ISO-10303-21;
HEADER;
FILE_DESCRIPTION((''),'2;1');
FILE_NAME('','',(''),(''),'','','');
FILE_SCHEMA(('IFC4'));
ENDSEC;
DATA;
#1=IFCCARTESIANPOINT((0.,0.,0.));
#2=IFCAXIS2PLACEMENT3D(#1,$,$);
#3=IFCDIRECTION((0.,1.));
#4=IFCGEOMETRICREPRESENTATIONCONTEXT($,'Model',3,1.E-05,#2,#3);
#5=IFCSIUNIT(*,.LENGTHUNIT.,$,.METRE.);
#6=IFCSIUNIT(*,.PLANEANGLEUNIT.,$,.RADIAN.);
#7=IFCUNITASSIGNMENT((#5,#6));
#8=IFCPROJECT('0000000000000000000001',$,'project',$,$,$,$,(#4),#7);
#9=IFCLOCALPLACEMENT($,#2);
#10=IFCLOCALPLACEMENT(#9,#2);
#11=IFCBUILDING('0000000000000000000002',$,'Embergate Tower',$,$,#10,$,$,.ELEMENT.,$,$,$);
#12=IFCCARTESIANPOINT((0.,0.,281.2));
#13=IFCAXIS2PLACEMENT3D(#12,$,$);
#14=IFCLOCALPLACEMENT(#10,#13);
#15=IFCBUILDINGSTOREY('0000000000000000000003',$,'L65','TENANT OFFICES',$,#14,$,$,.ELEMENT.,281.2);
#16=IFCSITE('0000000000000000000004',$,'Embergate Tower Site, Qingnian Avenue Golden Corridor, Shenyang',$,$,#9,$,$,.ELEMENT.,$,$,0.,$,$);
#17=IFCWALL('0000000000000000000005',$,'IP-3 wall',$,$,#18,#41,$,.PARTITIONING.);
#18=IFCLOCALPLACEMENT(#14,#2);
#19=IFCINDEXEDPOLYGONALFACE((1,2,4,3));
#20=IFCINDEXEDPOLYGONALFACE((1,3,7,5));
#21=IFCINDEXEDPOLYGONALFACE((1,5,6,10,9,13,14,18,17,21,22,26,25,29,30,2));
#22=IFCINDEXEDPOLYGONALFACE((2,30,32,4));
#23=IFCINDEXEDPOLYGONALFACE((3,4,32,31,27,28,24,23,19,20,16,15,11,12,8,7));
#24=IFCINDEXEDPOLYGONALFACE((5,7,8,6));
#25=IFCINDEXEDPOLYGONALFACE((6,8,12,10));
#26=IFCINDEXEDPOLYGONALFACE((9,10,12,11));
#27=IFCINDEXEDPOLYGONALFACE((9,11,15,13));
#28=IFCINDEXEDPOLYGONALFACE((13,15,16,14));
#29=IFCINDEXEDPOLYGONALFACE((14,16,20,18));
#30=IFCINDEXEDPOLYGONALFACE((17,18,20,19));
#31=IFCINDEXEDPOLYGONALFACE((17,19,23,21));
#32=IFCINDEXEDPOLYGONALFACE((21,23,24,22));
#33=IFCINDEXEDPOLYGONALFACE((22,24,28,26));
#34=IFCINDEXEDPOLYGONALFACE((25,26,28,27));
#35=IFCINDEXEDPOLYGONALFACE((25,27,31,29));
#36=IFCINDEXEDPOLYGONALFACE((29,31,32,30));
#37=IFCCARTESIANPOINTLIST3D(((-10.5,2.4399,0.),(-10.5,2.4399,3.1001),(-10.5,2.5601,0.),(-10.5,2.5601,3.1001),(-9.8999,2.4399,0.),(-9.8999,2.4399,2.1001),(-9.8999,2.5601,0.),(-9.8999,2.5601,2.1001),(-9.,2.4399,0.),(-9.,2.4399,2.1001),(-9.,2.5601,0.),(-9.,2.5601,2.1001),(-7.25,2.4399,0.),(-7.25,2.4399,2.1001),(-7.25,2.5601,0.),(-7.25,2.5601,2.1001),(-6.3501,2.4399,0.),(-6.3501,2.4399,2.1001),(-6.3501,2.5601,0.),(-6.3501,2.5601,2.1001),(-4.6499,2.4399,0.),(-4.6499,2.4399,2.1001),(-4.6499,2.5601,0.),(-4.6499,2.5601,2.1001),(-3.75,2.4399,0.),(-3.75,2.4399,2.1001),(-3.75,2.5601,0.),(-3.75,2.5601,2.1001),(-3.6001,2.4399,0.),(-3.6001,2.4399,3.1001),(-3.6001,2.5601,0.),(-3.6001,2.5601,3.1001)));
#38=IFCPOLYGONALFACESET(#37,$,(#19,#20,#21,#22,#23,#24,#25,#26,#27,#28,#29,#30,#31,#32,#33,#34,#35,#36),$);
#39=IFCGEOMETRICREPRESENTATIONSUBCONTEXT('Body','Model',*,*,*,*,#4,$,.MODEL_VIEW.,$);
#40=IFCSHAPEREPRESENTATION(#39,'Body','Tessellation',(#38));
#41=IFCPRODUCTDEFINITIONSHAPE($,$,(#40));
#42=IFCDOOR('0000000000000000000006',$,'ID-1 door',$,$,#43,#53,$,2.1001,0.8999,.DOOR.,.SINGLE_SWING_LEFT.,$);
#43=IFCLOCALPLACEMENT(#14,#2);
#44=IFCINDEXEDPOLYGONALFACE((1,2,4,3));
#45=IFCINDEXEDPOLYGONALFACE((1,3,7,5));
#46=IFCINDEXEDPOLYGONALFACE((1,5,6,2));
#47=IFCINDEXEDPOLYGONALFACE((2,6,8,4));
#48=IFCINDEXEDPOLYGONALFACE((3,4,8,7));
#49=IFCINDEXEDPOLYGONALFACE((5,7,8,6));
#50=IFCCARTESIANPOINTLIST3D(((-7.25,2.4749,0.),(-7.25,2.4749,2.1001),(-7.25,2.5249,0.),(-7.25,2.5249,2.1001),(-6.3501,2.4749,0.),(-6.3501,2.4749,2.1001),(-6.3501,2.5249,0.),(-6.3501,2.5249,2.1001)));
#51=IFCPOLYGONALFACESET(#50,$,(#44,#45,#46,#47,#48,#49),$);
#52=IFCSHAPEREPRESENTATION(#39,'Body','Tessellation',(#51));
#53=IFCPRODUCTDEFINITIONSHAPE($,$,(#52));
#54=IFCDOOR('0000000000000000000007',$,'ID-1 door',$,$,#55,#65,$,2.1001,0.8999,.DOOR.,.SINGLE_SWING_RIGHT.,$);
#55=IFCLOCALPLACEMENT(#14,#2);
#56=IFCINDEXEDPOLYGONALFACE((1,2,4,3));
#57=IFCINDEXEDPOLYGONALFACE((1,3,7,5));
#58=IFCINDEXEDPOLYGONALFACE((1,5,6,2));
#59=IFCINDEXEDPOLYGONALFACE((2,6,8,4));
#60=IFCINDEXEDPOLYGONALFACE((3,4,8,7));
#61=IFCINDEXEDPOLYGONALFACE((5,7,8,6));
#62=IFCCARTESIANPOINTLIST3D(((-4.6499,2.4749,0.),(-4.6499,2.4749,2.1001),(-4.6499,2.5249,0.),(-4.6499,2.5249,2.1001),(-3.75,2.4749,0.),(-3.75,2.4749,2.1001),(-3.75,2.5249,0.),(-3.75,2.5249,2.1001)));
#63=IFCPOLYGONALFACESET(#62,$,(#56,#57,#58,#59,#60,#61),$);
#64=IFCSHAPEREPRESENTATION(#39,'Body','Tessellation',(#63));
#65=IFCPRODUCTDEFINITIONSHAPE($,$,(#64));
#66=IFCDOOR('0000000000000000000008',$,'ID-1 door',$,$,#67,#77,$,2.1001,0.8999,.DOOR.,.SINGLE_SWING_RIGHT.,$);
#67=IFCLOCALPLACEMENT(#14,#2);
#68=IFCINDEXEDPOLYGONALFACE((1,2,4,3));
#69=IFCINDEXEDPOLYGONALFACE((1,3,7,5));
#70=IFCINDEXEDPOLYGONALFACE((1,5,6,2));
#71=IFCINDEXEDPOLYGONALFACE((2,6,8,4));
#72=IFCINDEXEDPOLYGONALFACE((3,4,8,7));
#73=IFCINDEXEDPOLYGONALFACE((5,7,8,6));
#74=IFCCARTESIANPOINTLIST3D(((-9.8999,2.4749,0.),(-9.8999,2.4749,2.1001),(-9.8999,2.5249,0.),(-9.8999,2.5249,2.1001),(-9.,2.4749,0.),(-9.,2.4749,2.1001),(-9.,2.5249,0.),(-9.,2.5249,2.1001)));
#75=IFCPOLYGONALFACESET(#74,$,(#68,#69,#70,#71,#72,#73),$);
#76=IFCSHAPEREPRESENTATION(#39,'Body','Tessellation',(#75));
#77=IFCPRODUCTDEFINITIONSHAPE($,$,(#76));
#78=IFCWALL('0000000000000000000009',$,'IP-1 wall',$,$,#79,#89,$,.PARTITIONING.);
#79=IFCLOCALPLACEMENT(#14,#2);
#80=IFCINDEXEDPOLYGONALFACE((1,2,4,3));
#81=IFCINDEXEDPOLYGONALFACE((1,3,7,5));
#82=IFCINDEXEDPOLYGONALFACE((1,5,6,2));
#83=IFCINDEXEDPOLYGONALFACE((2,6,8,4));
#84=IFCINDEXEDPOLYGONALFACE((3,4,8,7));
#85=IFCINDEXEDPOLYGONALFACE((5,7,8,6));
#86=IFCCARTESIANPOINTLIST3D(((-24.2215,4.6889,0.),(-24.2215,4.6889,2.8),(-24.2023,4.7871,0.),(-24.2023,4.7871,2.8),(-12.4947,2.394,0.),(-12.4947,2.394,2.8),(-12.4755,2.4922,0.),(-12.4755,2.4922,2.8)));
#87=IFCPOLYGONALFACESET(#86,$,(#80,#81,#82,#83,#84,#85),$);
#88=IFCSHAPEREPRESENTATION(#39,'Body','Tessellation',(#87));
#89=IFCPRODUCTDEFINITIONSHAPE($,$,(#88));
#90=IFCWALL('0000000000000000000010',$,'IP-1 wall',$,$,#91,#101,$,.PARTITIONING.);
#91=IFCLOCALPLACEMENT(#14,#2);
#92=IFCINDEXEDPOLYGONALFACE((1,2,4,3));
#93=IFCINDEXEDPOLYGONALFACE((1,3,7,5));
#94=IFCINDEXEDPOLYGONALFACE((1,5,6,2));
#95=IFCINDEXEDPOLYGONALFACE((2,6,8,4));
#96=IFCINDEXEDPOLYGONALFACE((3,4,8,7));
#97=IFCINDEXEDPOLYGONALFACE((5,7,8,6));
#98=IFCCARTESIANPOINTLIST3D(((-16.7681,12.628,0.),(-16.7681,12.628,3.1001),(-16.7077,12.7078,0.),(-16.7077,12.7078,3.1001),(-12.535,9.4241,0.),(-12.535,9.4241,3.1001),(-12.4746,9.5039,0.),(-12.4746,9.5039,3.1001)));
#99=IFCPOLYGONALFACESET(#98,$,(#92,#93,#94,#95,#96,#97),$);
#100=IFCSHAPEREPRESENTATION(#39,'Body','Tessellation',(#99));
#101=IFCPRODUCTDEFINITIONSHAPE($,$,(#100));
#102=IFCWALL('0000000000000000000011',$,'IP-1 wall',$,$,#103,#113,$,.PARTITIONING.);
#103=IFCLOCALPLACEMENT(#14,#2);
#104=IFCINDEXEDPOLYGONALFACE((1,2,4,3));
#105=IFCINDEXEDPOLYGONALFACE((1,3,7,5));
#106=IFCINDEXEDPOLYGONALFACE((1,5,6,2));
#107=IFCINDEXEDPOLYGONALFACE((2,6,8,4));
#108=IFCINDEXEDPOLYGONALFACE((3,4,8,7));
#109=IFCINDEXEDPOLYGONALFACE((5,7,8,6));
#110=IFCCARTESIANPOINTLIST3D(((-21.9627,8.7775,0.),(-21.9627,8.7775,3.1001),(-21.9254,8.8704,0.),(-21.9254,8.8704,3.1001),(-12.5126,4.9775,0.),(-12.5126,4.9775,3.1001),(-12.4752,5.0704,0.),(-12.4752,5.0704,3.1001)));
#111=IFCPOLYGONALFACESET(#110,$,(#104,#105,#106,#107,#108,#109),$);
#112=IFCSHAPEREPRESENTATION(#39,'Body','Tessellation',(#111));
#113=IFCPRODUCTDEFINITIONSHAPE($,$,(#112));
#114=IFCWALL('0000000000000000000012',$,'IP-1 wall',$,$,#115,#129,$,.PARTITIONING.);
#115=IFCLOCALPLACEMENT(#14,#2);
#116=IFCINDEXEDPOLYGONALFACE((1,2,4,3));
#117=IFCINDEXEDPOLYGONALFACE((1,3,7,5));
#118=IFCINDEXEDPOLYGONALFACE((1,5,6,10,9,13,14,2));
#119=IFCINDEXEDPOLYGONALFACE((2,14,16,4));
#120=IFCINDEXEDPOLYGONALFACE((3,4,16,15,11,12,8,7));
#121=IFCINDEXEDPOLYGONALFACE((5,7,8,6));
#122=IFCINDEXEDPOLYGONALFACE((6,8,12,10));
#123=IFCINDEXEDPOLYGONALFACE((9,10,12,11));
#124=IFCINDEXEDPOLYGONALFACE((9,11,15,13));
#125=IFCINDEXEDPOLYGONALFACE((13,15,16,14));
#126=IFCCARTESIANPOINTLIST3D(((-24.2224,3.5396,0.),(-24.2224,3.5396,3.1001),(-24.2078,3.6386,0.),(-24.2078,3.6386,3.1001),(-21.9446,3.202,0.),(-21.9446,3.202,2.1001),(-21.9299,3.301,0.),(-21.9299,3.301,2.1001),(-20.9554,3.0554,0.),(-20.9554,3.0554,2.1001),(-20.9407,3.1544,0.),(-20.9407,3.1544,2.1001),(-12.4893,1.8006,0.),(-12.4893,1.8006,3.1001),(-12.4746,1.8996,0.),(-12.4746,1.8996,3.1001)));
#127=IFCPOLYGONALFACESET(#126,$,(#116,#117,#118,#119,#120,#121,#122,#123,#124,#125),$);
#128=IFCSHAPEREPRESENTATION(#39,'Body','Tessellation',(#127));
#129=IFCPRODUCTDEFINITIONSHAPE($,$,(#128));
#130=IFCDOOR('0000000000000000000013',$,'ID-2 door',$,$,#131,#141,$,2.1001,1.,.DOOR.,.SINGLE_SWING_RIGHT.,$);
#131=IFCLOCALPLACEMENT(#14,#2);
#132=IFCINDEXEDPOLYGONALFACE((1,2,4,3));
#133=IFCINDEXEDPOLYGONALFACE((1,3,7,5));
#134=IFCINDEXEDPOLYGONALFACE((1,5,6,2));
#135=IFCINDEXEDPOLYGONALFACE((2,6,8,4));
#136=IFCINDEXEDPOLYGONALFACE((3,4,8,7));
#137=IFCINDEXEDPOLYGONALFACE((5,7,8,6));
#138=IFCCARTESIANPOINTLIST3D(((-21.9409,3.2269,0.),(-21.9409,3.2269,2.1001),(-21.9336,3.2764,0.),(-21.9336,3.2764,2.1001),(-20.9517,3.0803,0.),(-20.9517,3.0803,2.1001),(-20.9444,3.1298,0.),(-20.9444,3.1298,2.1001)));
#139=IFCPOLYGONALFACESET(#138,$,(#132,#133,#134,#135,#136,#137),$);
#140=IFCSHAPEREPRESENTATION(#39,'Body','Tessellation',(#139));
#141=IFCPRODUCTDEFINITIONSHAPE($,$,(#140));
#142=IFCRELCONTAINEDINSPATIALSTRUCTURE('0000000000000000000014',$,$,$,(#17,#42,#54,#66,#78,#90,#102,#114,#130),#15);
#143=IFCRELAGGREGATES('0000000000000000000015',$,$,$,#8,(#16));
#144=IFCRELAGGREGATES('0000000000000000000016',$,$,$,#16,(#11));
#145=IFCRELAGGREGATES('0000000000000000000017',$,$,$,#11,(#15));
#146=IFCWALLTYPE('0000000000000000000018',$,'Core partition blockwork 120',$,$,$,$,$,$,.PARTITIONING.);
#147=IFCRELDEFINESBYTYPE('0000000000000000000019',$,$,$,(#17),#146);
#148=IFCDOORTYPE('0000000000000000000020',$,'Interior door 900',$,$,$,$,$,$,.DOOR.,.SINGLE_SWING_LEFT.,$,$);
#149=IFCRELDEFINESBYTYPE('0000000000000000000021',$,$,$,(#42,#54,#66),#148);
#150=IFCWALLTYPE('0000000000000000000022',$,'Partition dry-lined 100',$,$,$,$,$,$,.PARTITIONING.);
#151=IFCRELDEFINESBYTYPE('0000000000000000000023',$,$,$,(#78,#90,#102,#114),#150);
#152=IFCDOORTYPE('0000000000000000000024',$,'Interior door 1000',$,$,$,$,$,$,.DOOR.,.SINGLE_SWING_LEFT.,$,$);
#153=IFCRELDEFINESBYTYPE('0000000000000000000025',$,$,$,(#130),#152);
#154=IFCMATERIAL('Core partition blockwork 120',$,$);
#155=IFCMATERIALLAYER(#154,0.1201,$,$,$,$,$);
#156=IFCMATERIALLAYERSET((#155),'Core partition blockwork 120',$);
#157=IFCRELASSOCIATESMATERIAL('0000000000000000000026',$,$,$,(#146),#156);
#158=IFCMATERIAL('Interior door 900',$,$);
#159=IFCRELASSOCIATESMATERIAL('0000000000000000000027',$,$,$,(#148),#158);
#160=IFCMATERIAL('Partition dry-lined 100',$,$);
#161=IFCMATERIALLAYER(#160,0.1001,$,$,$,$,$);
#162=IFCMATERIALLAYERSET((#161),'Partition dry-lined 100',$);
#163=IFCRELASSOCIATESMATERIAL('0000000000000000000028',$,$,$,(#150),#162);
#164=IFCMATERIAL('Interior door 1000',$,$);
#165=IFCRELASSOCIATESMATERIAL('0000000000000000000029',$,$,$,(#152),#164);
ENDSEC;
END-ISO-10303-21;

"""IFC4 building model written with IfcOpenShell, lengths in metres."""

from ifc_helpers import new_model, si_unit, direction, frame, frame_2d, origin, place, context, subcontext, project, spatial, rectangle, extrude, source, transform, mapped, material, layer, layer_set, type_object, element, fill, save


model = new_model("IFC4")

# Units and contexts
model_context = context("Model", 3, precision=1e-05, world=origin(), true_north=direction((0.0, 1.0)))
body_context = subcontext(model_context, "Body", "Model", "MODEL_VIEW")
ifc_project = project(units=[si_unit("LENGTHUNIT", "METRE"), si_unit("PLANEANGLEUNIT", "RADIAN")], contexts=[model_context])

# Site, building, storey
site_placement = place(None, origin())
site = spatial("IfcSite", under=ifc_project, at=site_placement, Name="Embergate Tower Site, Qingnian Avenue Golden Corridor, Shenyang", CompositionType="ELEMENT", RefElevation=0.0)
building_placement = place(site_placement, origin())
building = spatial("IfcBuilding", under=site, at=building_placement, Name="Embergate Tower", CompositionType="ELEMENT")
storey_placement = place(building_placement, frame((0.0, 0.0, 281.2)))
storey = spatial("IfcBuildingStorey", under=building, at=storey_placement, Name="L65", Description="TENANT OFFICES", CompositionType="ELEMENT", Elevation=281.2)

# Shared definitions
ifc_material_1 = material(Name="Core partition blockwork 120")
ifc_layer_1 = layer(ifc_material_1, 0.1201)
ifc_layer_set_1 = layer_set([ifc_layer_1], Name="Core partition blockwork 120")
wall_type_1 = type_object("IfcWallType", Name="Core partition blockwork 120", PredefinedType="PARTITIONING", material=ifc_layer_set_1)

# Wall, openings, doors
shared_shape_1 = source(origin(), body_context, "Body", "SweptSolid", [
    extrude(rectangle(XDim=6.8999, YDim=0.1201, at=frame_2d((3.45, 0.0))), origin(), (0.0, 0.0, 1.0), 3.1001),
])
wall_1_placement = place(storey_placement, frame((-10.5, 2.5, 0.0), z_axis=(0.0, 0.0, 1.0), x_axis=(1.0, 0.0, 0.0)))
wall_1 = element("IfcWall", 1, at=wall_1_placement, inside=storey, type_object=wall_type_1, Name="IP-3 wall", PredefinedType="PARTITIONING", context=body_context, shape_type="MappedRepresentation", body=[
    mapped(shared_shape_1, transform((0.0, 0.0, 0.0))),
])
shared_shape_2 = source(origin(), body_context, "Body", "SweptSolid", [
    extrude(rectangle(XDim=0.8999, YDim=2.1001, at=frame_2d((0.45, 1.05))), frame((0.0, 0.0701, 0.0), z_axis=(0.0, -1.0, 0.0), x_axis=(1.0, 0.0, 0.0)), (0.0, 0.0, 1.0), 0.1401),
])
opening_1_placement = place(wall_1_placement, frame((3.25, 0.0, 0.0)))
opening_1 = element("IfcOpeningElement", 2, at=opening_1_placement, cuts=wall_1, PredefinedType="OPENING", context=body_context, shape_type="MappedRepresentation", body=[
    mapped(shared_shape_2, transform((0.0, 0.0, 0.0))),
])
opening_2_placement = place(wall_1_placement, frame((5.8501, 0.0, 0.0)))
opening_2 = element("IfcOpeningElement", 3, at=opening_2_placement, cuts=wall_1, PredefinedType="OPENING", context=body_context, shape_type="MappedRepresentation", body=[
    mapped(shared_shape_2, transform((0.0, 0.0, 0.0))),
])
opening_3_placement = place(wall_1_placement, frame((0.6001, 0.0, 0.0)))
opening_3 = element("IfcOpeningElement", 4, at=opening_3_placement, cuts=wall_1, PredefinedType="OPENING", context=body_context, shape_type="MappedRepresentation", body=[
    mapped(shared_shape_2, transform((0.0, 0.0, 0.0))),
])
ifc_material_2 = material(Name="Interior door 900")
door_type_1 = type_object("IfcDoorType", Name="Interior door 900", OperationType="SINGLE_SWING_LEFT", PredefinedType="DOOR", material=ifc_material_2)
shared_shape_3 = source(origin(), body_context, "Body", "SweptSolid", [
    extrude(rectangle(XDim=0.8999, YDim=2.1001, at=frame_2d((0.45, 1.05))), frame((0.0, 0.0249, 0.0), z_axis=(0.0, -1.0, 0.0), x_axis=(1.0, 0.0, 0.0)), (0.0, 0.0, 1.0), 0.05),
])
door_1_placement = place(opening_1_placement, origin())
door_1 = element("IfcDoor", 5, at=door_1_placement, inside=storey, type_object=door_type_1, Name="ID-1 door", OperationType="SINGLE_SWING_LEFT", OverallHeight=2.1001, OverallWidth=0.8999, PredefinedType="DOOR", context=body_context, shape_type="MappedRepresentation", body=[
    mapped(shared_shape_3, transform((0.0, 0.0, 0.0))),
])
fill(opening_1, door_1)
door_2_placement = place(opening_2_placement, origin())
door_2 = element("IfcDoor", 6, at=door_2_placement, inside=storey, type_object=door_type_1, Name="ID-1 door", OperationType="SINGLE_SWING_RIGHT", OverallHeight=2.1001, OverallWidth=0.8999, PredefinedType="DOOR", context=body_context, shape_type="MappedRepresentation", body=[
    mapped(shared_shape_3, transform((0.0, 0.0, 0.0))),
])
fill(opening_2, door_2)
door_3_placement = place(opening_3_placement, origin())
door_3 = element("IfcDoor", 7, at=door_3_placement, inside=storey, type_object=door_type_1, Name="ID-1 door", OperationType="SINGLE_SWING_RIGHT", OverallHeight=2.1001, OverallWidth=0.8999, PredefinedType="DOOR", context=body_context, shape_type="MappedRepresentation", body=[
    mapped(shared_shape_3, transform((0.0, 0.0, 0.0))),
])
fill(opening_3, door_3)

# Walls
ifc_material_3 = material(Name="Partition dry-lined 100")
ifc_layer_2 = layer(ifc_material_3, 0.1001)
ifc_layer_set_2 = layer_set([ifc_layer_2], Name="Partition dry-lined 100")
wall_type_2 = type_object("IfcWallType", Name="Partition dry-lined 100", PredefinedType="PARTITIONING", material=ifc_layer_set_2)
shared_shape_4 = source(origin(), body_context, "Body", "SweptSolid", [
    extrude(rectangle(XDim=11.9492, YDim=0.1001, at=frame_2d((5.9746, 0.0))), origin(), (0.0, 0.0, 1.0), 2.8),
])
wall_2_placement = place(storey_placement, frame((-12.4851, 2.4431, 0.0), z_axis=(0.0, 0.0, 1.0), x_axis=(-0.981384, 0.192056, 0.0)))
element("IfcWall", 8, at=wall_2_placement, inside=storey, type_object=wall_type_2, Name="IP-1 wall", PredefinedType="PARTITIONING", context=body_context, shape_type="MappedRepresentation", body=[
    mapped(shared_shape_4, transform((0.0, 0.0, 0.0))),
])
shared_shape_5 = source(origin(), body_context, "Body", "SweptSolid", [
    extrude(rectangle(XDim=5.3088, YDim=0.1001, at=frame_2d((2.6543, 0.0))), origin(), (0.0, 0.0, 1.0), 3.1001),
])
wall_3_placement = place(storey_placement, frame((-12.5049, 9.4641, 0.0), z_axis=(0.0, 0.0, 1.0), x_axis=(-0.797371, 0.603489, 0.0)))
element("IfcWall", 9, at=wall_3_placement, inside=storey, type_object=wall_type_2, Name="IP-1 wall", PredefinedType="PARTITIONING", context=body_context, shape_type="MappedRepresentation", body=[
    mapped(shared_shape_5, transform((0.0, 0.0, 0.0))),
])
shared_shape_6 = source(origin(), body_context, "Body", "SweptSolid", [
    extrude(rectangle(XDim=10.1855, YDim=0.1001, at=frame_2d((5.0928, 0.0))), origin(), (0.0, 0.0, 1.0), 3.1001),
])
wall_4_placement = place(storey_placement, frame((-12.4939, 5.0239, 0.0), z_axis=(0.0, 0.0, 1.0), x_axis=(-0.927799, 0.37308, 0.0)))
element("IfcWall", 10, at=wall_4_placement, inside=storey, type_object=wall_type_2, Name="IP-1 wall", PredefinedType="PARTITIONING", context=body_context, shape_type="MappedRepresentation", body=[
    mapped(shared_shape_6, transform((0.0, 0.0, 0.0))),
])

# Wall, opening, door
shared_shape_7 = source(origin(), body_context, "Body", "SweptSolid", [
    extrude(rectangle(XDim=11.8613, YDim=0.1001, at=frame_2d((5.9307, 0.0))), origin(), (0.0, 0.0, 1.0), 3.1001),
])
wall_5_placement = place(storey_placement, frame((-12.4819, 1.8501, 0.0), z_axis=(0.0, 0.0, 1.0), x_axis=(-0.989194, 0.146612, 0.0)))
wall_5 = element("IfcWall", 11, at=wall_5_placement, inside=storey, type_object=wall_type_2, Name="IP-1 wall", PredefinedType="PARTITIONING", context=body_context, shape_type="MappedRepresentation", body=[
    mapped(shared_shape_7, transform((0.0, 0.0, 0.0))),
])
shared_shape_8 = source(origin(), body_context, "Body", "SweptSolid", [
    extrude(rectangle(XDim=1.0, YDim=2.1001, at=frame_2d((0.5, 1.05))), frame((0.0, 0.0601, 0.0), z_axis=(0.0, -1.0, 0.0), x_axis=(1.0, 0.0, 0.0)), (0.0, 0.0, 1.0), 0.1201),
])
opening_4_placement = place(wall_5_placement, frame((8.5586, 0.0, 0.0)))
opening_4 = element("IfcOpeningElement", 12, at=opening_4_placement, cuts=wall_5, PredefinedType="OPENING", context=body_context, shape_type="MappedRepresentation", body=[
    mapped(shared_shape_8, transform((0.0, 0.0, 0.0))),
])
ifc_material_4 = material(Name="Interior door 1000")
door_type_2 = type_object("IfcDoorType", Name="Interior door 1000", OperationType="SINGLE_SWING_LEFT", PredefinedType="DOOR", material=ifc_material_4)
shared_shape_9 = source(origin(), body_context, "Body", "SweptSolid", [
    extrude(rectangle(XDim=1.0, YDim=2.1001, at=frame_2d((0.5, 1.05))), frame((0.0, 0.0249, 0.0), z_axis=(0.0, -1.0, 0.0), x_axis=(1.0, 0.0, 0.0)), (0.0, 0.0, 1.0), 0.05),
])
door_4_placement = place(opening_4_placement, origin())
door_4 = element("IfcDoor", 13, at=door_4_placement, inside=storey, type_object=door_type_2, Name="ID-2 door", OperationType="SINGLE_SWING_RIGHT", OverallHeight=2.1001, OverallWidth=1.0, PredefinedType="DOOR", context=body_context, shape_type="MappedRepresentation", body=[
    mapped(shared_shape_9, transform((0.0, 0.0, 0.0))),
])
fill(opening_4, door_4)

save(model, "model.ifc")
